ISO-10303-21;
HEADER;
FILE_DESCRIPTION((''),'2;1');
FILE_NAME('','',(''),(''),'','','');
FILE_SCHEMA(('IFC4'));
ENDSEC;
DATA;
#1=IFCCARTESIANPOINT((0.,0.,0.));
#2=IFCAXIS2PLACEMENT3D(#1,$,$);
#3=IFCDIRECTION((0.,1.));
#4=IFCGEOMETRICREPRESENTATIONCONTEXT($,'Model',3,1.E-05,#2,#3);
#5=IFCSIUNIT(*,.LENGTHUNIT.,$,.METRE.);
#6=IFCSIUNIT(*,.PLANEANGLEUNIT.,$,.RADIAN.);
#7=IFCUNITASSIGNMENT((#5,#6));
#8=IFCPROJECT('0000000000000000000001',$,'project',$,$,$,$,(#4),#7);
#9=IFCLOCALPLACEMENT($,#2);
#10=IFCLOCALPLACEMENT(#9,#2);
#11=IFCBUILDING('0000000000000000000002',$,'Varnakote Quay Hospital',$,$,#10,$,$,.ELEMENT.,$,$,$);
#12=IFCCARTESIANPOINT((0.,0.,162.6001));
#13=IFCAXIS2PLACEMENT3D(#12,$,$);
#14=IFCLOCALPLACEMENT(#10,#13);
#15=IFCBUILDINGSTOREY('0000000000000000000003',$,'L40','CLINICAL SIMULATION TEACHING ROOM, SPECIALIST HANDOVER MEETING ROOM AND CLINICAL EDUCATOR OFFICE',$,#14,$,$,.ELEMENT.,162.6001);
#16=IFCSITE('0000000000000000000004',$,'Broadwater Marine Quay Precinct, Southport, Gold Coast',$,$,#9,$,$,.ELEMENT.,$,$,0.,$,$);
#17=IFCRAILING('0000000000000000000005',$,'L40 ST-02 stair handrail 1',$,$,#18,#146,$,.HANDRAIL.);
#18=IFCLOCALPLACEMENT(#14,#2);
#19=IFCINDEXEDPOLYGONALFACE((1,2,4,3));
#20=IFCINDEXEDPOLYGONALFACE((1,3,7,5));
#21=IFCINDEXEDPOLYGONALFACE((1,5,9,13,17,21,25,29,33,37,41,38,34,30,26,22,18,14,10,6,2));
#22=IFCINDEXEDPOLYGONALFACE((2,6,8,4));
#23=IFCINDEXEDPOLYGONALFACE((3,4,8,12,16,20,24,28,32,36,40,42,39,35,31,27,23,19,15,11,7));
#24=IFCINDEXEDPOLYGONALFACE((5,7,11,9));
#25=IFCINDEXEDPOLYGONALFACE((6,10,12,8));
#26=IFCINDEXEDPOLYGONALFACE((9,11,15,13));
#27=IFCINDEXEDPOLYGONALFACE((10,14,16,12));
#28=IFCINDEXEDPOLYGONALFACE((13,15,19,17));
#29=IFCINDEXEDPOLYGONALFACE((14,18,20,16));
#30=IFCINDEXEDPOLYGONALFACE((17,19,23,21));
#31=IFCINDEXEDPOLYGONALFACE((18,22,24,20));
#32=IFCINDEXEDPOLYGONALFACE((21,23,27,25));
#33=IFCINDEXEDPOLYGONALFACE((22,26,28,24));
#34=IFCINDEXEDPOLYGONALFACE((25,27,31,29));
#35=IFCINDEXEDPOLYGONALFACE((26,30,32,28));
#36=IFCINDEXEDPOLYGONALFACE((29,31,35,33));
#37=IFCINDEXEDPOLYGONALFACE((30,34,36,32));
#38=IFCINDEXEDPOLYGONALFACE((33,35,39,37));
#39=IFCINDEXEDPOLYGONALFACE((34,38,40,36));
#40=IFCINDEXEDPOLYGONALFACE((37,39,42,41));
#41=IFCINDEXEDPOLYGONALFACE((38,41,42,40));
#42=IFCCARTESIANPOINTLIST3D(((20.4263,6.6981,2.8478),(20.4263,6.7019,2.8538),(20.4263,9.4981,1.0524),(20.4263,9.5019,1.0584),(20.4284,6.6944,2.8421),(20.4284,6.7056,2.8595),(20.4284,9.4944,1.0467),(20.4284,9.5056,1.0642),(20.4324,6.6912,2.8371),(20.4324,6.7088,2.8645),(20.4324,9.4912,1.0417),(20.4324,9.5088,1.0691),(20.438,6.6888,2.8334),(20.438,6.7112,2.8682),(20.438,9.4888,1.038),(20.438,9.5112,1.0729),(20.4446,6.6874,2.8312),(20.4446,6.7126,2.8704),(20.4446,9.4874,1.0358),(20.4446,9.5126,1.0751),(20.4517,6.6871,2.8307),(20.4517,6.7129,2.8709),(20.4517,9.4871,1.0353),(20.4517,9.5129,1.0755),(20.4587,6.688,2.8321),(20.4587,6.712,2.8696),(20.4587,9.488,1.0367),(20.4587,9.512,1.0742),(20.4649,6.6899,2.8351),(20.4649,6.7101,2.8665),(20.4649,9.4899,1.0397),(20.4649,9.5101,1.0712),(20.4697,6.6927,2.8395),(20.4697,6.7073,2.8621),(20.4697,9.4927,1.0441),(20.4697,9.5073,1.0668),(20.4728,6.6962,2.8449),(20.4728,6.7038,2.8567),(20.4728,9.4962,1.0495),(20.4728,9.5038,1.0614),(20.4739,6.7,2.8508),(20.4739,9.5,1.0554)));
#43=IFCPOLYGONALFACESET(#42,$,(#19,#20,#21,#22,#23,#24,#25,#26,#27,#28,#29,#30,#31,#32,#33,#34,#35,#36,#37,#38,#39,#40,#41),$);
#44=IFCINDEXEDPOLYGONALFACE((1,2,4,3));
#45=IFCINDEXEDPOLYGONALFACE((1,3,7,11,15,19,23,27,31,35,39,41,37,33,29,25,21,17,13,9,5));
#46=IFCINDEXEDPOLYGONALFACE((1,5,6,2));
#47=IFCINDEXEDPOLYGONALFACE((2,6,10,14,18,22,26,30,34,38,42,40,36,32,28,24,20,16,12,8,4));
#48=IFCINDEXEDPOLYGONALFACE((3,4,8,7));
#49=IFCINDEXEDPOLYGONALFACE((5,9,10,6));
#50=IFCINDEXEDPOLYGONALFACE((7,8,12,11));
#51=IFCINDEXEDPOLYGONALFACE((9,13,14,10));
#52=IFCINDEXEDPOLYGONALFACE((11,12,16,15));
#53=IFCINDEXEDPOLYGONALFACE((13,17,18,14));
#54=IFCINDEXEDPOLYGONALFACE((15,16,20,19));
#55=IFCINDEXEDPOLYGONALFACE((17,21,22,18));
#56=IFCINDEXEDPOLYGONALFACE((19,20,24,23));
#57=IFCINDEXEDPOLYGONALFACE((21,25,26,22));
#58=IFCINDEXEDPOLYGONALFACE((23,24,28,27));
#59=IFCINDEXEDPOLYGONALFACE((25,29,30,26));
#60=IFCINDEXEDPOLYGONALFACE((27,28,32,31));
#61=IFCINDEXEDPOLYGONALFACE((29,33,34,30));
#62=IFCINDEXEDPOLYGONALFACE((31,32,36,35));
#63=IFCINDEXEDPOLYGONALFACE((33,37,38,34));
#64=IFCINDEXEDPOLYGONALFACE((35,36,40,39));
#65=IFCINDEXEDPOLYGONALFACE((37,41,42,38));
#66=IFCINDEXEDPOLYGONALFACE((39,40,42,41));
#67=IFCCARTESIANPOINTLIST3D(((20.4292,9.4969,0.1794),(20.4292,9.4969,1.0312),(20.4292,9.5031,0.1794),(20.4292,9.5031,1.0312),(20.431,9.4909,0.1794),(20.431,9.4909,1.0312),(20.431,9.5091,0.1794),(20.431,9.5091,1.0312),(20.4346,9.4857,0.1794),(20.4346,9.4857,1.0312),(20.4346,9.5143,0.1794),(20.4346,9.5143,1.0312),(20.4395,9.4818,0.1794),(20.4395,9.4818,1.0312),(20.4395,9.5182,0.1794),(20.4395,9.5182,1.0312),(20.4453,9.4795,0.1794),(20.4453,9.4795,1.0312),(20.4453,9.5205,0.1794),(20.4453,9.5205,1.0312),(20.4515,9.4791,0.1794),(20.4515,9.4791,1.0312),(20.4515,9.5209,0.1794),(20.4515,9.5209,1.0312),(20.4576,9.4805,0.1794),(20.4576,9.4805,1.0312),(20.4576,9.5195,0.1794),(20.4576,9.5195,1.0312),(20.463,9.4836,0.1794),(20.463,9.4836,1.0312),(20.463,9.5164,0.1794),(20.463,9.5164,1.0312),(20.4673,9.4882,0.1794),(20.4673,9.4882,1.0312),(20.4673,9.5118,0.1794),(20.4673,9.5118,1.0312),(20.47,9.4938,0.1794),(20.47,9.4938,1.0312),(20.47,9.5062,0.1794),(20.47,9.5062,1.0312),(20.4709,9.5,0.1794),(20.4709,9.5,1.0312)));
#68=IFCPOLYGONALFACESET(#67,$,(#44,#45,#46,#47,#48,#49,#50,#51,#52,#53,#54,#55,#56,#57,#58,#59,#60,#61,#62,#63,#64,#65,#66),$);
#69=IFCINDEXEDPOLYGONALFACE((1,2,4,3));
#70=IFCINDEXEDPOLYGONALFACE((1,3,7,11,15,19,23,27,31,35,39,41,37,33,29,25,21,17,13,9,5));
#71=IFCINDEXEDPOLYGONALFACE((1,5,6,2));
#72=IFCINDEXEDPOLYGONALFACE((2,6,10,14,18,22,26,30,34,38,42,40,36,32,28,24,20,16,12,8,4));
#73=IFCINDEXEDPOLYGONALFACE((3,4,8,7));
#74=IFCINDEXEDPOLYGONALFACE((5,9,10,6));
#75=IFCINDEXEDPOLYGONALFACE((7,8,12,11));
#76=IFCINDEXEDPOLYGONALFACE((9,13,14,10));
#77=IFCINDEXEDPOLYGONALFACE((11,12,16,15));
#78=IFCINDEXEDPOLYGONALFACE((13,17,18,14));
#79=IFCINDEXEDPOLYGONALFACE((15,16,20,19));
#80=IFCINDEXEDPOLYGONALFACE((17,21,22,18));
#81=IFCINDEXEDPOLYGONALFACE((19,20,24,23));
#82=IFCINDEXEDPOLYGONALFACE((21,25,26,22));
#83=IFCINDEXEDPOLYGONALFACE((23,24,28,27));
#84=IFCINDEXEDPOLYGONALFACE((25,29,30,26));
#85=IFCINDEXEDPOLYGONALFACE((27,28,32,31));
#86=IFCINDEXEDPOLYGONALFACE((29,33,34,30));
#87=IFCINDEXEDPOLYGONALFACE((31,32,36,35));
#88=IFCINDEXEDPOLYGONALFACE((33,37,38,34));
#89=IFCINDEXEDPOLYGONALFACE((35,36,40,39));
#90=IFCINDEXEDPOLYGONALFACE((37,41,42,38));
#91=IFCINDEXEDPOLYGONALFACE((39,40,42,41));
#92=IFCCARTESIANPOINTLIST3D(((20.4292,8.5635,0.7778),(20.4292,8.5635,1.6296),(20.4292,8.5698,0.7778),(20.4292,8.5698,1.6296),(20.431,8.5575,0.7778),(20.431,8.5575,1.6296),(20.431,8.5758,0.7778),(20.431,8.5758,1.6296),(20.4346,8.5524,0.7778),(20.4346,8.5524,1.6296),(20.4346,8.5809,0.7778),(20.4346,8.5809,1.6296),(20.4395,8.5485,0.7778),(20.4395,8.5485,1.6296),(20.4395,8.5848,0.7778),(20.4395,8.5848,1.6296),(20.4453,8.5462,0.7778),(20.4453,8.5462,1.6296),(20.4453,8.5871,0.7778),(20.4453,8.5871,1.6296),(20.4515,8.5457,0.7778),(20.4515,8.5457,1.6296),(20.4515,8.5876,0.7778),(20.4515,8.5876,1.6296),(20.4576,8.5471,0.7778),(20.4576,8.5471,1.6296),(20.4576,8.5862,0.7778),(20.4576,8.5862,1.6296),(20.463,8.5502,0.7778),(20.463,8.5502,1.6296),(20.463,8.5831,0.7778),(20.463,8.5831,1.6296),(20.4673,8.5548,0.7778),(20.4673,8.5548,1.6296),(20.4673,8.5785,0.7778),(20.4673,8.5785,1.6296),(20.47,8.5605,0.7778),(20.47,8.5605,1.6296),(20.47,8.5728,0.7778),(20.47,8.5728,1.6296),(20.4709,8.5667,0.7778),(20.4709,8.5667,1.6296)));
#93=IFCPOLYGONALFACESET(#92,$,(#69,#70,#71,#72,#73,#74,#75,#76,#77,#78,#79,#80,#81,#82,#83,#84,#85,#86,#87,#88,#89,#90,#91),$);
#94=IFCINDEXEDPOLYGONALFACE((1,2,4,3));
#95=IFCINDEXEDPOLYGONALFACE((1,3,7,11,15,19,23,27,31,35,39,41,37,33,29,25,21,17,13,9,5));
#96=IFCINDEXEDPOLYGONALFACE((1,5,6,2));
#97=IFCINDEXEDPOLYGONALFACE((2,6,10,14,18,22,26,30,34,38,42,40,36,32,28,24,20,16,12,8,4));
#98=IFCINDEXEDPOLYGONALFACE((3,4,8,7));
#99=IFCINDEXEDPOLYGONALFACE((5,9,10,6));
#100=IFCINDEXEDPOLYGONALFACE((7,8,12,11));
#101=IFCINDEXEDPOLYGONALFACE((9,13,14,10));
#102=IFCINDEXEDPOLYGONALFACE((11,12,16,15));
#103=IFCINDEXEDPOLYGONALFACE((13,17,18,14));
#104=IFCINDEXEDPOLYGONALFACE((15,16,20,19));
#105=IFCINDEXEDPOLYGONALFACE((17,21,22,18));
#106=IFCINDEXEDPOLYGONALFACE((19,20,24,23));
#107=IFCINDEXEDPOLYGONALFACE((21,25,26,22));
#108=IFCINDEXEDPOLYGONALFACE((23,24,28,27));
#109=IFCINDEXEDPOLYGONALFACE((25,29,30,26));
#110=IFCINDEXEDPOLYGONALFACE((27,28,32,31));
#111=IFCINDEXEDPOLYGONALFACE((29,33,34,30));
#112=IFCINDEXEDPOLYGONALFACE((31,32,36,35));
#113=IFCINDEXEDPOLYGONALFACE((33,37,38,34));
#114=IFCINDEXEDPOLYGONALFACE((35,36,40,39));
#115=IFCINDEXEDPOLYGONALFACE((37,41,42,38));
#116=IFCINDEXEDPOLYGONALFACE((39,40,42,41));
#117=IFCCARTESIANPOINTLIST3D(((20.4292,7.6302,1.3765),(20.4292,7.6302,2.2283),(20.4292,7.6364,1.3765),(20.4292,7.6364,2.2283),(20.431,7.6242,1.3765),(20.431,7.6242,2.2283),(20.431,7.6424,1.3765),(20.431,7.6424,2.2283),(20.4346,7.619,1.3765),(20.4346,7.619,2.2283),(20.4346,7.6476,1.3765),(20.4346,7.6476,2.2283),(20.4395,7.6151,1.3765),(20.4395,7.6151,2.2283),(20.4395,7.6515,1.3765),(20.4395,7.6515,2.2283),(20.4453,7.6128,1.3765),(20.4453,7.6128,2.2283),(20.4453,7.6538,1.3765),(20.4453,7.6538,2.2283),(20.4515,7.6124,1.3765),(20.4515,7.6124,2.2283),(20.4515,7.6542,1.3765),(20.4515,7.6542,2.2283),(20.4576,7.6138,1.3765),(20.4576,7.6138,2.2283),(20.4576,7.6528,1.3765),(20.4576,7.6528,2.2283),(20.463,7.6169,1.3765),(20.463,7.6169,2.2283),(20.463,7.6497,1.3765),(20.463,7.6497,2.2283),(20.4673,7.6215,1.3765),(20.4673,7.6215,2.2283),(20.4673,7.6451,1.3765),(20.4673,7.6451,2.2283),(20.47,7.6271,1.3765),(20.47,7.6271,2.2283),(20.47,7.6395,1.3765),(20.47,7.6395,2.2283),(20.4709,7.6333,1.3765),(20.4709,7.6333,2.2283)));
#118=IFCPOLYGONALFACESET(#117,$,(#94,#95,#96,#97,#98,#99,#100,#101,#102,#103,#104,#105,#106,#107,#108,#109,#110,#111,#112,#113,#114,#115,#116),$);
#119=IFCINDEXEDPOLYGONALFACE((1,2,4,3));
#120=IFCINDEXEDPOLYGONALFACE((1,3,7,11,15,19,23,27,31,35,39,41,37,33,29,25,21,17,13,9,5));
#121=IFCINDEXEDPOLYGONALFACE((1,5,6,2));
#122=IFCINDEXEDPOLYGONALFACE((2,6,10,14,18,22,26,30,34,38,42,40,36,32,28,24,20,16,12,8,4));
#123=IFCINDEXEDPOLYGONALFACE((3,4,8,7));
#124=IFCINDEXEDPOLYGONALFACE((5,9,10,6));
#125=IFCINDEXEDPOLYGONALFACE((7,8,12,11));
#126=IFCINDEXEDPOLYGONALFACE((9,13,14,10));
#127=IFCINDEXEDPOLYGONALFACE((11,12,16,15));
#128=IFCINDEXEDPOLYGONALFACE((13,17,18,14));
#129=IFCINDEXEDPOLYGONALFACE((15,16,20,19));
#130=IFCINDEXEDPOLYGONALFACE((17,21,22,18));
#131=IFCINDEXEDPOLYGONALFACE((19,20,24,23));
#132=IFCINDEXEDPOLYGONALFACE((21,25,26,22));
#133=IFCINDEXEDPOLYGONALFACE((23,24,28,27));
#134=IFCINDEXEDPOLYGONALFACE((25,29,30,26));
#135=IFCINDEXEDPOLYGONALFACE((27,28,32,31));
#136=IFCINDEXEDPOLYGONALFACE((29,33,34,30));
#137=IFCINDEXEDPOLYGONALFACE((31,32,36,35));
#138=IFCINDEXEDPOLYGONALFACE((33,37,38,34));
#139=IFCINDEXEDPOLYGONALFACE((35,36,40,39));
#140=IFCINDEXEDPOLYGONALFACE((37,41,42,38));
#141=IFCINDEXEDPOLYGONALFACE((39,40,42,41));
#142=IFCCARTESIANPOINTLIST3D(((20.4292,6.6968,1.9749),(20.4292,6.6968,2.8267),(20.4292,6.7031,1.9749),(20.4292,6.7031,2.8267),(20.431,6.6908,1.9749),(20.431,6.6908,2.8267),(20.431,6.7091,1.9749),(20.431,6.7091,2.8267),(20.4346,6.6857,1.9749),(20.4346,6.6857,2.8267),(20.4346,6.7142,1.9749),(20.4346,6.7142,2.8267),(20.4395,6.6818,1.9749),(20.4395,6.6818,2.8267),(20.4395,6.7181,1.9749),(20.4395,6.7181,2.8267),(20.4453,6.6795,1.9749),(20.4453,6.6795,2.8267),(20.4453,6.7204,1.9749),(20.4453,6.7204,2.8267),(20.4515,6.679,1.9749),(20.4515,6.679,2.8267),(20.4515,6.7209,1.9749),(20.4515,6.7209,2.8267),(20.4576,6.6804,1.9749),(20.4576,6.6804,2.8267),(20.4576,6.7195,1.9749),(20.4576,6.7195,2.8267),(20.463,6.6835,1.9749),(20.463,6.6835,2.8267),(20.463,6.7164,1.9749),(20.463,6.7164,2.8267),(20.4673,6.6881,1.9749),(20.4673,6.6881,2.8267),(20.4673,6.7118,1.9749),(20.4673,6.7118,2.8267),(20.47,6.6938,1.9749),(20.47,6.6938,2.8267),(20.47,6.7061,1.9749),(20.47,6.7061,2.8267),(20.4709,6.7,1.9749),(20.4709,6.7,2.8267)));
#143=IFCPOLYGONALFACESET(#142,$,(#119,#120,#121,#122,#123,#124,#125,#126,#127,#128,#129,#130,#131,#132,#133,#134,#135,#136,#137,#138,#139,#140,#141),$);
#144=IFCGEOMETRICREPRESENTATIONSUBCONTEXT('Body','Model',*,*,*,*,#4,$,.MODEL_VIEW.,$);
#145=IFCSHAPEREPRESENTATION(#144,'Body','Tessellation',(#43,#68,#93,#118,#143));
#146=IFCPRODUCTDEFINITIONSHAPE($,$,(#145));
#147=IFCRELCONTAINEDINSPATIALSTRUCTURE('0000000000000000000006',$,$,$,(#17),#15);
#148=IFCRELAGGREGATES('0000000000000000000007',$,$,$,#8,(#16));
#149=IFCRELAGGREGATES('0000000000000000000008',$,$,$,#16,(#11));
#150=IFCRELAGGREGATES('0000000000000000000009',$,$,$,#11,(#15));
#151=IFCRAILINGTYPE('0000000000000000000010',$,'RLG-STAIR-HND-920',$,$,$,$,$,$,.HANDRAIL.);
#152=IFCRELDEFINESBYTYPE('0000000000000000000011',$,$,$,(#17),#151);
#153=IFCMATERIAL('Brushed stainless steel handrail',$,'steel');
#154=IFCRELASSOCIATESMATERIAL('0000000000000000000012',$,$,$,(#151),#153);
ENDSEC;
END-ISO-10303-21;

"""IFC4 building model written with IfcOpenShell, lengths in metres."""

from ifc_helpers import new_model, si_unit, direction, frame, origin, origin_2d, place, context, subcontext, project, spatial, circle, extrude, material, type_object, element, save


model = new_model("IFC4")

# Units and contexts
model_context = context("Model", 3, precision=1e-05, world=origin(), true_north=direction((0.0, 1.0)))
body_context = subcontext(model_context, "Body", "Model", "MODEL_VIEW")
ifc_project = project(units=[si_unit("LENGTHUNIT", "METRE"), si_unit("PLANEANGLEUNIT", "RADIAN")], contexts=[model_context])

# Site, building, storey
site_placement = place(None, origin())
site = spatial("IfcSite", under=ifc_project, at=site_placement, Name="Broadwater Marine Quay Precinct, Southport, Gold Coast", CompositionType="ELEMENT", RefElevation=0.0)
building_placement = place(site_placement, origin())
building = spatial("IfcBuilding", under=site, at=building_placement, Name="Varnakote Quay Hospital", CompositionType="ELEMENT")
storey_placement = place(building_placement, frame((0.0, 0.0, 162.6001)))
storey = spatial("IfcBuildingStorey", under=building, at=storey_placement, Name="L40", Description="CLINICAL SIMULATION TEACHING ROOM, SPECIALIST HANDOVER MEETING ROOM AND CLINICAL EDUCATOR OFFICE", CompositionType="ELEMENT", Elevation=162.6001)

# Railing
ifc_material_1 = material(Name="Brushed stainless steel handrail", Category="steel")
railing_type = type_object("IfcRailingType", Name="RLG-STAIR-HND-920", PredefinedType="HANDRAIL", material=ifc_material_1)
railing_placement = place(storey_placement, frame((20.45, 9.5, 0.1794)))
element("IfcRailing", 1, at=railing_placement, inside=storey, type_object=railing_type, Name="L40 ST-02 stair handrail 1", PredefinedType="HANDRAIL", context=body_context, shape_type="SweptSolid", body=[
    extrude(circle(Radius=0.0239, at=origin_2d()), frame((0.0, 0.0, 0.876), z_axis=(0.0, -0.84181, 0.539774), x_axis=(1.0, 0.0, 0.0)), (0.0, 0.0, 1.0), 3.3262),
    extrude(circle(Radius=0.021, at=origin_2d()), origin(), (0.0, 0.0, 1.0), 0.8518),
    extrude(circle(Radius=0.021, at=origin_2d()), frame((0.0, -0.9333, 0.5984)), (0.0, 0.0, 1.0), 0.8518),
    extrude(circle(Radius=0.021, at=origin_2d()), frame((0.0, -1.8667, 1.197)), (0.0, 0.0, 1.0), 0.8518),
    extrude(circle(Radius=0.021, at=origin_2d()), frame((0.0, -2.8, 1.7954)), (0.0, 0.0, 1.0), 0.8518),
])

save(model, "model.ifc")
